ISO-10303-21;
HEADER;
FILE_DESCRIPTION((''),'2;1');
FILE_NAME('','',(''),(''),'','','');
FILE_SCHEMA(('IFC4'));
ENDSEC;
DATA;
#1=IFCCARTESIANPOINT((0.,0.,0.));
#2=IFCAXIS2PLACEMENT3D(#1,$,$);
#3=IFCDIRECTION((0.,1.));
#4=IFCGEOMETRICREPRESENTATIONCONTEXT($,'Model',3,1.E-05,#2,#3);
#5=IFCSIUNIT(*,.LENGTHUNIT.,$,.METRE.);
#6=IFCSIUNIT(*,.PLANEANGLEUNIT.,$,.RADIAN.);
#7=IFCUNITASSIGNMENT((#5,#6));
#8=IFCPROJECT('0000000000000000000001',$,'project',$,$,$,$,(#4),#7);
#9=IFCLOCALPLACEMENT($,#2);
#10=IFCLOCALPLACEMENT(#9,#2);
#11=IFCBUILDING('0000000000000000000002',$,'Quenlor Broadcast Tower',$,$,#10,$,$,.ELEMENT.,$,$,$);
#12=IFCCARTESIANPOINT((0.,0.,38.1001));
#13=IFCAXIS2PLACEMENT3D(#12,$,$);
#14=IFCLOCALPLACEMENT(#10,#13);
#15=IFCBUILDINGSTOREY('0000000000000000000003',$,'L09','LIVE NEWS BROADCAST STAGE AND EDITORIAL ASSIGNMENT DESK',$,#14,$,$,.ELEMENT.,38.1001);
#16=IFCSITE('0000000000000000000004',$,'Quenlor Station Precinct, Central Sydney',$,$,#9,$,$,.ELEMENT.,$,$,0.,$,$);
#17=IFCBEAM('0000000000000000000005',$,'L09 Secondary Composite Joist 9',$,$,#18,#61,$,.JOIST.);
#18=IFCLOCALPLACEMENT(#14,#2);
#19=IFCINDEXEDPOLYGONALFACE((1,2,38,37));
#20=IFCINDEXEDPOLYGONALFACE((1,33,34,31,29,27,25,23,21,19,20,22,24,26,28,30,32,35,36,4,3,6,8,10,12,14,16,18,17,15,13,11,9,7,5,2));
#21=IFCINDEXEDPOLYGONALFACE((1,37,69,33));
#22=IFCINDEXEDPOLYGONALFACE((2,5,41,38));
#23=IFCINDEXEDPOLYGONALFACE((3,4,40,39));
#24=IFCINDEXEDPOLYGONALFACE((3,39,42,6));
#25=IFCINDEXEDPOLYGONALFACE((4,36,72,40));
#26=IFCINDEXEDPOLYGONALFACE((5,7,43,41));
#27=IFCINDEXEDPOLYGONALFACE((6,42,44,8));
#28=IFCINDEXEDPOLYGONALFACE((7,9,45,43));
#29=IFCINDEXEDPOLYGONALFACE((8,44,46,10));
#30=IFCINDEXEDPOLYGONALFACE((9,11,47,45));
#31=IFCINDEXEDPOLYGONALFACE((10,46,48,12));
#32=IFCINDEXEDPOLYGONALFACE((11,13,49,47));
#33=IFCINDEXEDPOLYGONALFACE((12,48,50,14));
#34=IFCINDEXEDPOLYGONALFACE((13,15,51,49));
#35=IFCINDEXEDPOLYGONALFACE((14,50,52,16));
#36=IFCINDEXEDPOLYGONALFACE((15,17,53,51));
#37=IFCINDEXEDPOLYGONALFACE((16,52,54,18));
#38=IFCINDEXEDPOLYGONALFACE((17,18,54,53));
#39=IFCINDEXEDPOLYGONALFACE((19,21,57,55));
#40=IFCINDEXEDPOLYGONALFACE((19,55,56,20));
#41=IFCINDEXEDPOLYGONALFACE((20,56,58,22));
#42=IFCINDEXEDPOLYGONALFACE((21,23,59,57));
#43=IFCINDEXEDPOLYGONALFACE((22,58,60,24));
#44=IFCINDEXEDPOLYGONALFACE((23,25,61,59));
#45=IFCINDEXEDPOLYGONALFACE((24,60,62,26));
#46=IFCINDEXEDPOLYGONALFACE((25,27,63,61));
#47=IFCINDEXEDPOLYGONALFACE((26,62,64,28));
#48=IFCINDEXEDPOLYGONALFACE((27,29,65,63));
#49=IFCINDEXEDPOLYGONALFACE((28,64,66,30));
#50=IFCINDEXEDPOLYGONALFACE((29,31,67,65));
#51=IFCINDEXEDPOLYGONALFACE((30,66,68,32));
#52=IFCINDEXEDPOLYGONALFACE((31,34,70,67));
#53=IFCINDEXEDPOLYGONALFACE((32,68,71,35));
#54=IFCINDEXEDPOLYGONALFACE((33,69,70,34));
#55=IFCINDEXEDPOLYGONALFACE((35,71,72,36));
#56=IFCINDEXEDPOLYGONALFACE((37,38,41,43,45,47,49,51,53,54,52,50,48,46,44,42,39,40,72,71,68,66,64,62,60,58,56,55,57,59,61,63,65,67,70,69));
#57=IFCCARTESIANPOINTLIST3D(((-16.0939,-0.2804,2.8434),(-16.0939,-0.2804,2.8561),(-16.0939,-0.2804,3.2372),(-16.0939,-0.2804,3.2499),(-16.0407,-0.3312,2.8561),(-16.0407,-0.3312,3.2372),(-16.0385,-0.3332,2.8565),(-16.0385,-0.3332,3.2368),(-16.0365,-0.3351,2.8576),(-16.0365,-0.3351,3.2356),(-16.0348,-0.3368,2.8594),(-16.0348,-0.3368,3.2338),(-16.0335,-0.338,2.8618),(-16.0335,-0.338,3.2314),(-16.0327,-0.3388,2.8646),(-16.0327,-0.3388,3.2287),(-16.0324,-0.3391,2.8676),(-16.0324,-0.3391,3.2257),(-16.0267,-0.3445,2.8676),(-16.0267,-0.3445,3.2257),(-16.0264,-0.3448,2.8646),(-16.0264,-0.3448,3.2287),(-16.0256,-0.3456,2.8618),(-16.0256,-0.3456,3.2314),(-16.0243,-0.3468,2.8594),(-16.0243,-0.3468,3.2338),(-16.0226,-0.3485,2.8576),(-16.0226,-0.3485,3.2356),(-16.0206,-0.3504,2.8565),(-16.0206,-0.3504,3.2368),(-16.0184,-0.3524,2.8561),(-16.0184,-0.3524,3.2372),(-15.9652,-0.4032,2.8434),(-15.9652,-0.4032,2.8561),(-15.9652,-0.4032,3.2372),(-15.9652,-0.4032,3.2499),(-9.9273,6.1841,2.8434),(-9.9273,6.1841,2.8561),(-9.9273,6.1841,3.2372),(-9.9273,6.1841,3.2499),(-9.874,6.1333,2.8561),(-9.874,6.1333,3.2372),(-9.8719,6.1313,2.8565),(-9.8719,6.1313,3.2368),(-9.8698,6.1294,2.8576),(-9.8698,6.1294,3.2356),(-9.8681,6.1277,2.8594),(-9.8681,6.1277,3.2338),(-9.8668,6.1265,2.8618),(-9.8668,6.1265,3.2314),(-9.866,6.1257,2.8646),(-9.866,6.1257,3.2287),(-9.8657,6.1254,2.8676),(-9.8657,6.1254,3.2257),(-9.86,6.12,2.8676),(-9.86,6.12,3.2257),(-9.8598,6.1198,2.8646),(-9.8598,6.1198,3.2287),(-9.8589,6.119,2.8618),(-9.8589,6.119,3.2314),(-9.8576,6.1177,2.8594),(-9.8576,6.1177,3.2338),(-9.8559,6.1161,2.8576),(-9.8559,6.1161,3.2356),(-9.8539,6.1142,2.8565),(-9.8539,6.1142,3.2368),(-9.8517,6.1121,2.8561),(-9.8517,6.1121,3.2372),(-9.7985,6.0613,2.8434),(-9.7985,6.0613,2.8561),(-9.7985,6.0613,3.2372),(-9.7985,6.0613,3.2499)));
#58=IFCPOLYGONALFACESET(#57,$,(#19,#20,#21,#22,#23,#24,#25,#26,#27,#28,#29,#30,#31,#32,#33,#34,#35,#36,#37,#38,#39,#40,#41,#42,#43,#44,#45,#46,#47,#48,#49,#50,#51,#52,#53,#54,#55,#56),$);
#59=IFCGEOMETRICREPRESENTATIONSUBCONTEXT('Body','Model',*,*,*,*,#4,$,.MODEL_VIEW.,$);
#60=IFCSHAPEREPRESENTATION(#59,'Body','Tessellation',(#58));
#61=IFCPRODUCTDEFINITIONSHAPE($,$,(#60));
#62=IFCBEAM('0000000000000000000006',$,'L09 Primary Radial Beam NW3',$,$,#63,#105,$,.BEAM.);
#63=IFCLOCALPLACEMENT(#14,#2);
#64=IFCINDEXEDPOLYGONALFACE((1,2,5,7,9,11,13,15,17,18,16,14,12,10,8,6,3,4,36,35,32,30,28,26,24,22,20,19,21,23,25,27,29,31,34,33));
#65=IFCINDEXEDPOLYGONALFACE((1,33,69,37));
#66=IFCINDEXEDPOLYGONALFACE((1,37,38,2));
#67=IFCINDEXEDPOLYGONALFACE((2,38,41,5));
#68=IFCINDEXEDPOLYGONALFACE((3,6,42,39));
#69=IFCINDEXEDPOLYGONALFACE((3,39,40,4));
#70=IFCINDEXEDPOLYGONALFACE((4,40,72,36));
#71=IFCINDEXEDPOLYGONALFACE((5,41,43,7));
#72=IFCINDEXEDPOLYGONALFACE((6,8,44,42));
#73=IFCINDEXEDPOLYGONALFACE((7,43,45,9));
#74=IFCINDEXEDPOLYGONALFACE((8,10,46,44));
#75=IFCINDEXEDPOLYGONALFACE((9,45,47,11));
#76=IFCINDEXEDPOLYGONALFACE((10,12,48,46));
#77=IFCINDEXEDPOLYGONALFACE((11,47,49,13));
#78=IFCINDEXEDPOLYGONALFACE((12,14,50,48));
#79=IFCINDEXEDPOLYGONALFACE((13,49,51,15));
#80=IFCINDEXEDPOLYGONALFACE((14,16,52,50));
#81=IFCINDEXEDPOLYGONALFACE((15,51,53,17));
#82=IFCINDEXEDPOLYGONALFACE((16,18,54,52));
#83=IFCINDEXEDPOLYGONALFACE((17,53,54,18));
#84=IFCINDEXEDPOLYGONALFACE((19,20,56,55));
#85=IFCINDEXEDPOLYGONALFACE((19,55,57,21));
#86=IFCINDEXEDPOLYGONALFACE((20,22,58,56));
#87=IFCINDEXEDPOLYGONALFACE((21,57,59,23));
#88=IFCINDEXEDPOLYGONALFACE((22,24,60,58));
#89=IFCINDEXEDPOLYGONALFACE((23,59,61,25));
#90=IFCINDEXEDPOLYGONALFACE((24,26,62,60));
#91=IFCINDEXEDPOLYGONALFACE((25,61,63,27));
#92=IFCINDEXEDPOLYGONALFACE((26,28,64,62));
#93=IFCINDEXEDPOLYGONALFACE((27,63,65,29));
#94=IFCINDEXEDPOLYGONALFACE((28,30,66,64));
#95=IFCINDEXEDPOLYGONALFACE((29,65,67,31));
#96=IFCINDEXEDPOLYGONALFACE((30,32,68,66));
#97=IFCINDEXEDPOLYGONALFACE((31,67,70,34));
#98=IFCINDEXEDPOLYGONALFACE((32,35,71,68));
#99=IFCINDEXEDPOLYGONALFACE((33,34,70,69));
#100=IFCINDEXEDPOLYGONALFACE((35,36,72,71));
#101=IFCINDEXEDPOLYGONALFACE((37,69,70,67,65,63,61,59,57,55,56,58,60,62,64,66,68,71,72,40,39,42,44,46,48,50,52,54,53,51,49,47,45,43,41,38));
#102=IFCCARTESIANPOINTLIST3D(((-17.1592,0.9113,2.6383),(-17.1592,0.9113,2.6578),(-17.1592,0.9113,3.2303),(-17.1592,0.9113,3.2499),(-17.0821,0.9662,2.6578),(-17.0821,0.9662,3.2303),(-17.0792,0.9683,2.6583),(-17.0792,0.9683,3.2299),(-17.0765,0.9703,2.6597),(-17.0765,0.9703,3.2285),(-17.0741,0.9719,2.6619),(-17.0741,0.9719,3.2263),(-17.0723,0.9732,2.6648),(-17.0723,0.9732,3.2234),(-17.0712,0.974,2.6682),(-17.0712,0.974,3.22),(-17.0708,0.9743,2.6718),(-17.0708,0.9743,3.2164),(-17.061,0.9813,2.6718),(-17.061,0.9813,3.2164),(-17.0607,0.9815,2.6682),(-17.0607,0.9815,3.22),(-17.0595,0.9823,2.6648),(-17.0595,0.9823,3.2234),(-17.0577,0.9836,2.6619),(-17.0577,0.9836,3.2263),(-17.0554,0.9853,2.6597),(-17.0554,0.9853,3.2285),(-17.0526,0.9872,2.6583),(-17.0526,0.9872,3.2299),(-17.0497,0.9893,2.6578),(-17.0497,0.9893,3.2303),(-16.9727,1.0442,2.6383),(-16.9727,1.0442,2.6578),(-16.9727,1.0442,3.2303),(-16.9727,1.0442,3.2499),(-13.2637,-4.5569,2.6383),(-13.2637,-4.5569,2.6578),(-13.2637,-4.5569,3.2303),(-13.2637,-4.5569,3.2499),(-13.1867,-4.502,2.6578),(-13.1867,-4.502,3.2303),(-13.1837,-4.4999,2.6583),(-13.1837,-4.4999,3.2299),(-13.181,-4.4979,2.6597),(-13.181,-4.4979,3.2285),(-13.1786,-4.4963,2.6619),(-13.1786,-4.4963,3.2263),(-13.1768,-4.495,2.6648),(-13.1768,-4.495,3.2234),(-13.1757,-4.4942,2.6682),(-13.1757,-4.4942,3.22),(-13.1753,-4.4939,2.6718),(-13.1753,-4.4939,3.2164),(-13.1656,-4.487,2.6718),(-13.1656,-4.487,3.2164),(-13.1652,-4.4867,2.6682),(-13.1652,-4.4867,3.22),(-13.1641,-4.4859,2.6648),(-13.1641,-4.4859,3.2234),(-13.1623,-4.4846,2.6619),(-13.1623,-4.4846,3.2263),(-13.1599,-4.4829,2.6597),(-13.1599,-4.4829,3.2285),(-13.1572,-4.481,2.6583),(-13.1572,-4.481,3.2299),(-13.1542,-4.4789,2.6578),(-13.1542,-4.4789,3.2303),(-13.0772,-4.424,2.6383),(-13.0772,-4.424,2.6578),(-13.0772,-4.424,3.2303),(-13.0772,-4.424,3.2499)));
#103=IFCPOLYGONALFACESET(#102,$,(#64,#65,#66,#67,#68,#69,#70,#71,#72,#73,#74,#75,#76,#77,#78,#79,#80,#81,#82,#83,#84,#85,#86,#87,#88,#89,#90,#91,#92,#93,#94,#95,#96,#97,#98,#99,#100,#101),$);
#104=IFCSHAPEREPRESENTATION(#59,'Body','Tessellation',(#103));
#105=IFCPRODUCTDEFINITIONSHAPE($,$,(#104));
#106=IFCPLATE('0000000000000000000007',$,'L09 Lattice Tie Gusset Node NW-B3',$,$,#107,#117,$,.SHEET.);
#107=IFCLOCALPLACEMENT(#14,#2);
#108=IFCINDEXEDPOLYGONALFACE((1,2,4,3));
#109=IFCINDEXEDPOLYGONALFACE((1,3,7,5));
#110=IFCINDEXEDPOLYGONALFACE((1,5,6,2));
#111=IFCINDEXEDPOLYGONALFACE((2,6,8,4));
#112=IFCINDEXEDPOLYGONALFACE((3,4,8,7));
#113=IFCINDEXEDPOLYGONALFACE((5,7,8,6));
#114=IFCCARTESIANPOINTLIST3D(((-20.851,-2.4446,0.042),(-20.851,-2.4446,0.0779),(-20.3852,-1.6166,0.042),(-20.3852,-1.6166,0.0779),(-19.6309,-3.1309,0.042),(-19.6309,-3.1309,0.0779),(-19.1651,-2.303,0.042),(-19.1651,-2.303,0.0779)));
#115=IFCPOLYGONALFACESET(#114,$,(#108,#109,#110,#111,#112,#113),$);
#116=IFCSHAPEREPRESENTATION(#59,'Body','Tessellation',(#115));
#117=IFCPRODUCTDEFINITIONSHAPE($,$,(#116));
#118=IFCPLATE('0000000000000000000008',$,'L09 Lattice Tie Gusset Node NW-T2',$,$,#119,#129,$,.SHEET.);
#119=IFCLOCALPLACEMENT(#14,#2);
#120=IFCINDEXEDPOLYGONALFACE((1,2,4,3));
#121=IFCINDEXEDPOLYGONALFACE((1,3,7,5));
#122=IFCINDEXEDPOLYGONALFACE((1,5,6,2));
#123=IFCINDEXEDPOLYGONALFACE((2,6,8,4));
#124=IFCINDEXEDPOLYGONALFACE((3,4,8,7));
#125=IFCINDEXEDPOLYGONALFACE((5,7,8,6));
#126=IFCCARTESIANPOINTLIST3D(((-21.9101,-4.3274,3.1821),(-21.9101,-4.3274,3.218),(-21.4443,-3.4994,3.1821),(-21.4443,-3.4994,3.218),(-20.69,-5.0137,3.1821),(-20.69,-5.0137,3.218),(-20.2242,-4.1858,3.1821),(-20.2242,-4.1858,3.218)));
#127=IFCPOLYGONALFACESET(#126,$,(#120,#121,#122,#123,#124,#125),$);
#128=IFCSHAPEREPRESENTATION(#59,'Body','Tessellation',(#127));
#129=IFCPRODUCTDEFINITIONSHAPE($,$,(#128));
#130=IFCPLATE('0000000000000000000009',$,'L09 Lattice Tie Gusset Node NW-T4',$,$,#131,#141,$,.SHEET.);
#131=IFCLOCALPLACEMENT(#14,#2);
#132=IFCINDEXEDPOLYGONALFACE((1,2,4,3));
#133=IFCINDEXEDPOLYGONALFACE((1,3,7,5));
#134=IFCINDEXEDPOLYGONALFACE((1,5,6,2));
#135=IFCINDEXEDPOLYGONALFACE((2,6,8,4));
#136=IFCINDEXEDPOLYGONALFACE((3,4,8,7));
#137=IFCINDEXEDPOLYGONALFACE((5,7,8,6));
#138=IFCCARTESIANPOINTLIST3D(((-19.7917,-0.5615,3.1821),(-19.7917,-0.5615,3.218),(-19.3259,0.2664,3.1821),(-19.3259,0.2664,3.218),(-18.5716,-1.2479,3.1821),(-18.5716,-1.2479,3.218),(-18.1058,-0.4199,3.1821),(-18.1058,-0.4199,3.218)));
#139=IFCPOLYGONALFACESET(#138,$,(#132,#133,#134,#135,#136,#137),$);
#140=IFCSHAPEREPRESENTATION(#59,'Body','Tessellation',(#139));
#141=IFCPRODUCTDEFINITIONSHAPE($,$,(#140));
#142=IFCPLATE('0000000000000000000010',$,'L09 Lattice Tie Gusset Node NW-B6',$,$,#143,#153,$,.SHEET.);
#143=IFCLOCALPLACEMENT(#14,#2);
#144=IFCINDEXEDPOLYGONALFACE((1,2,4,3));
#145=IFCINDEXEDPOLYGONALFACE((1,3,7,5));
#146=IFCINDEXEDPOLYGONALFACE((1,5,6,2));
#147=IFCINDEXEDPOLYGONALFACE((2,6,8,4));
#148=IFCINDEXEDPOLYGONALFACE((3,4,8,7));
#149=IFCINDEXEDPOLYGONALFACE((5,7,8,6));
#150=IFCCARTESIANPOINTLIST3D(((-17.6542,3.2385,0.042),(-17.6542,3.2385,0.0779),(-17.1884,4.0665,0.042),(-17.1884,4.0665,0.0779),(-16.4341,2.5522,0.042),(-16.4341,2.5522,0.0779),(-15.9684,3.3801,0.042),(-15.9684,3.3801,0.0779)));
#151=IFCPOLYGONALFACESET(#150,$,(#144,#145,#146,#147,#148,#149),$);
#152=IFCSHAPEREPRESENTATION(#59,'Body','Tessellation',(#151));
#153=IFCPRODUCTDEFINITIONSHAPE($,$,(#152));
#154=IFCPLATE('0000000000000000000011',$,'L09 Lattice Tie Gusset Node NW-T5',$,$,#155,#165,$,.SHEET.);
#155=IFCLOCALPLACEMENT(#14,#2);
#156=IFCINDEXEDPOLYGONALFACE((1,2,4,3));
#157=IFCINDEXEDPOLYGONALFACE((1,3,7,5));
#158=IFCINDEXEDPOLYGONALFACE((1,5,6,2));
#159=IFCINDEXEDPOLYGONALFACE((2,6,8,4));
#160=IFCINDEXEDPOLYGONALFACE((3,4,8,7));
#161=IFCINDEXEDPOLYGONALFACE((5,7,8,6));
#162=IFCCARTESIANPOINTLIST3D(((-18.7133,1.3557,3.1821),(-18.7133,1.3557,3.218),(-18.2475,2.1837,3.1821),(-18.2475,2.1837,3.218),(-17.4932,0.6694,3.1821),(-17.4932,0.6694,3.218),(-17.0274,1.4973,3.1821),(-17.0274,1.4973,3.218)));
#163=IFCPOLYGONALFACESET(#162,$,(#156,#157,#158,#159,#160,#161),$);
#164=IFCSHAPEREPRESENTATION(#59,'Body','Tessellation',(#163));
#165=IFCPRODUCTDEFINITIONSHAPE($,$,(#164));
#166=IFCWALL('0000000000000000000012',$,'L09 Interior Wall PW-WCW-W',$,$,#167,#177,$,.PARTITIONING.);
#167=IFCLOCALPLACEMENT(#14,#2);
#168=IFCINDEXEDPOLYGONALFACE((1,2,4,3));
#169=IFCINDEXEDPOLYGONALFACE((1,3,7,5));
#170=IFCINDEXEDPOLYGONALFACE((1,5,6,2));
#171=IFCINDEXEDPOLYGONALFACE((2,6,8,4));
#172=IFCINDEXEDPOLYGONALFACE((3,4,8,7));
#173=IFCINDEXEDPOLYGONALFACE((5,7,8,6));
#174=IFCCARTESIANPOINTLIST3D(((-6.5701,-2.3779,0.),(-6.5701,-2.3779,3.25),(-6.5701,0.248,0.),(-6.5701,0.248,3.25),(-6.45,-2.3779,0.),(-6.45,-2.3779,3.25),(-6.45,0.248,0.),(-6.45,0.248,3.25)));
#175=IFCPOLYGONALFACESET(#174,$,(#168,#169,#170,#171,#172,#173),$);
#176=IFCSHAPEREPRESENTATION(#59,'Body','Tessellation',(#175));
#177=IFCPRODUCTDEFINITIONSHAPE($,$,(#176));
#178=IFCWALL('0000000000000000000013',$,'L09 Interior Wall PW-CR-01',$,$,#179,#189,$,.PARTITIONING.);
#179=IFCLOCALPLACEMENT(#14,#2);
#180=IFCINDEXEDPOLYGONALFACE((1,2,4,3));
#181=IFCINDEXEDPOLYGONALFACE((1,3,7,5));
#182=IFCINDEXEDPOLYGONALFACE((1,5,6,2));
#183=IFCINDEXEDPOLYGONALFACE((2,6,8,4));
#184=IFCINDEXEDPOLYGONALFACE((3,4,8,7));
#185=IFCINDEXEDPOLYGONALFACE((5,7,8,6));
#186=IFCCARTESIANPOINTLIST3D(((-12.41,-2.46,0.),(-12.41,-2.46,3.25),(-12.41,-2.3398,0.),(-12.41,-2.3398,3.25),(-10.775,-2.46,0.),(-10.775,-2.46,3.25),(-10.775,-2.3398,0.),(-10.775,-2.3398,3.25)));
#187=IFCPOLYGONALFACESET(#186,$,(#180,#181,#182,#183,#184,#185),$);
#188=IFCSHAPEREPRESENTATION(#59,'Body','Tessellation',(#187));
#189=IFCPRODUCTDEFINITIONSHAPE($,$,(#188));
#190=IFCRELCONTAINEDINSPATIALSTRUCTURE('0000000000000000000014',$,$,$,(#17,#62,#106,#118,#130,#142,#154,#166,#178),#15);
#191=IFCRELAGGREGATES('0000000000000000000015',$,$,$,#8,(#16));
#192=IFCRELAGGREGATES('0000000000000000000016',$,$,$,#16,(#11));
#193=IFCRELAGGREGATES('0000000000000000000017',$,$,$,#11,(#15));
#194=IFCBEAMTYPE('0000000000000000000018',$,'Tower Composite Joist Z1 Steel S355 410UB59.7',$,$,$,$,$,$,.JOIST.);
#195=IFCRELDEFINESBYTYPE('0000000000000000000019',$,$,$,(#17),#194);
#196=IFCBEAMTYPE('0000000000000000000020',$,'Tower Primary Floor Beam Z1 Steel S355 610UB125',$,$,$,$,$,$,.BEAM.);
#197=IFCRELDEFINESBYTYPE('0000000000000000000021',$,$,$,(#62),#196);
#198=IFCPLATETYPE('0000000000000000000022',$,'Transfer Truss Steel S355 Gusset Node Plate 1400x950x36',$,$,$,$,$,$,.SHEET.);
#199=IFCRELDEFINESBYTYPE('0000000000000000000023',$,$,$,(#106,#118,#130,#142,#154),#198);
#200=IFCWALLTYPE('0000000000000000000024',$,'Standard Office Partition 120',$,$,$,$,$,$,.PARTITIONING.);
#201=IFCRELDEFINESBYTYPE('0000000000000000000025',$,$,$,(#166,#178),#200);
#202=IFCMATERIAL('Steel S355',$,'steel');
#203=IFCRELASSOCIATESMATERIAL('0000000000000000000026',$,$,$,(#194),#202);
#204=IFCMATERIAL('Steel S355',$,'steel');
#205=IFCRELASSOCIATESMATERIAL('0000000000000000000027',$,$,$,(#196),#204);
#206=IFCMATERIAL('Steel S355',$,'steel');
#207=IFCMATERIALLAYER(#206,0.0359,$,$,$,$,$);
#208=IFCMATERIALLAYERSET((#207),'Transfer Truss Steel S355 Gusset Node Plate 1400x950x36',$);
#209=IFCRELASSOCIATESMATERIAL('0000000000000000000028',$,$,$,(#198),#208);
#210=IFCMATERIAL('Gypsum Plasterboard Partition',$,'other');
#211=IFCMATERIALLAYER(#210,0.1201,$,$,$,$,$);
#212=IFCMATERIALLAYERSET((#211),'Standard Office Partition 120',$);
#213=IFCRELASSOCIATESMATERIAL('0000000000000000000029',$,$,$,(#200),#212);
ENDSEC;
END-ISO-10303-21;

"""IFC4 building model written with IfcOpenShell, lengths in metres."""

from ifc_helpers import new_model, si_unit, direction, frame, frame_2d, origin, origin_2d, place, context, subcontext, project, spatial, rectangle, i_section, extrude, material, layer, layer_set, material_profile, profile_set, type_object, element, save


model = new_model("IFC4")

# Units and contexts
model_context = context("Model", 3, precision=1e-05, world=origin(), true_north=direction((0.0, 1.0)))
body_context = subcontext(model_context, "Body", "Model", "MODEL_VIEW")
ifc_project = project(units=[si_unit("LENGTHUNIT", "METRE"), si_unit("PLANEANGLEUNIT", "RADIAN")], contexts=[model_context])

# Site, building, storey
site_placement = place(None, origin())
site = spatial("IfcSite", under=ifc_project, at=site_placement, Name="Quenlor Station Precinct, Central Sydney", CompositionType="ELEMENT", RefElevation=0.0)
building_placement = place(site_placement, origin())
building = spatial("IfcBuilding", under=site, at=building_placement, Name="Quenlor Broadcast Tower", CompositionType="ELEMENT")
storey_placement = place(building_placement, frame((0.0, 0.0, 38.1001)))
storey = spatial("IfcBuildingStorey", under=building, at=storey_placement, Name="L09", Description="LIVE NEWS BROADCAST STAGE AND EDITORIAL ASSIGNMENT DESK", CompositionType="ELEMENT", Elevation=38.1001)

# Beams
ifc_material_1 = material(Name="Steel S355", Category="steel")
ifc_material_profile_1 = material_profile(ifc_material_1, i_section(OverallWidth=0.178, OverallDepth=0.4065, WebThickness=0.0078, FlangeThickness=0.0127, FilletRadius=0.0115, at=origin_2d()))
ifc_profile_set_1 = profile_set([ifc_material_profile_1], Name="Steel S355 410UB59.7")
beam_type_1 = type_object("IfcBeamType", Name="Tower Composite Joist Z1 Steel S355 410UB59.7", PredefinedType="JOIST", material=ifc_profile_set_1)
beam_1_placement = place(storey_placement, frame((-16.0295, -0.3418, 3.0466), z_axis=(0.690241, 0.723579, 0.0), x_axis=(-0.723579, 0.690241, 0.0)))
element("IfcBeam", 1, at=beam_1_placement, inside=storey, type_object=beam_type_1, Name="L09 Secondary Composite Joist 9", PredefinedType="JOIST", context=body_context, shape_type="SweptSolid", body=[
    extrude(i_section(OverallWidth=0.178, OverallDepth=0.4065, WebThickness=0.0078, FlangeThickness=0.0127, FilletRadius=0.0115, at=origin_2d()), origin(), (0.0, 0.0, 1.0), 8.9341),
])
ifc_material_2 = material(Name="Steel S355", Category="steel")
ifc_material_profile_2 = material_profile(ifc_material_2, i_section(OverallWidth=0.229, OverallDepth=0.6116, WebThickness=0.012, FlangeThickness=0.0195, FilletRadius=0.0139, at=origin_2d()))
ifc_profile_set_2 = profile_set([ifc_material_profile_2], Name="Steel S355 610UB125")
beam_type_2 = type_object("IfcBeamType", Name="Tower Primary Floor Beam Z1 Steel S355 610UB125", PredefinedType="BEAM", material=ifc_profile_set_2)
beam_2_placement = place(storey_placement, frame((-17.0659, 0.9778, 2.9441), z_axis=(0.580213, -0.814465, 0.0), x_axis=(0.814465, 0.580213, 0.0)))
element("IfcBeam", 2, at=beam_2_placement, inside=storey, type_object=beam_type_2, Name="L09 Primary Radial Beam NW3", PredefinedType="BEAM", context=body_context, shape_type="SweptSolid", body=[
    extrude(i_section(OverallWidth=0.229, OverallDepth=0.6116, WebThickness=0.012, FlangeThickness=0.0195, FilletRadius=0.0139, at=origin_2d()), origin(), (0.0, 0.0, 1.0), 6.7139),
])

# Plates
ifc_material_3 = material(Name="Steel S355", Category="steel")
ifc_layer_1 = layer(ifc_material_3, 0.0359)
ifc_layer_set_1 = layer_set([ifc_layer_1], Name="Transfer Truss Steel S355 Gusset Node Plate 1400x950x36")
plate_type = type_object("IfcPlateType", Name="Transfer Truss Steel S355 Gusset Node Plate 1400x950x36", PredefinedType="SHEET", material=ifc_layer_set_1)
for number, where, z_axis, x_axis, name in (
    (3, (-20.0081, -2.3738, 0.042), (0.0, 0.0, 1.0), (-0.871556, 0.490295, 0.0), "L09 Lattice Tie Gusset Node NW-B3"),
    (4, (-21.0671, -4.2566, 3.1821), (0.0, 0.0, 1.0), (-0.871556, 0.490295, 0.0), "L09 Lattice Tie Gusset Node NW-T2"),
    (5, (-18.9487, -0.4907, 3.1821), (0.0, 0.0, 1.0), (-0.871556, 0.490295, 0.0), "L09 Lattice Tie Gusset Node NW-T4"),
    (6, (-16.8113, 3.3093, 0.042), (0.0, 0.0, 1.0), (-0.871556, 0.490295, 0.0), "L09 Lattice Tie Gusset Node NW-B6"),
    (7, (-17.8704, 1.4265, 3.1821), (0.0, 0.0, 1.0), (-0.871556, 0.490295, 0.0), "L09 Lattice Tie Gusset Node NW-T5"),
):
    element("IfcPlate", number, at=place(storey_placement, frame(where, z_axis=z_axis, x_axis=x_axis)), inside=storey, type_object=plate_type, Name=name, PredefinedType="SHEET", context=body_context, shape_type="SweptSolid", body=[
        extrude(rectangle(XDim=1.3999, YDim=0.95, at=origin_2d()), origin(), (0.0, 0.0, 1.0), 0.0359),
    ])

# Shared definitions
ifc_material_4 = material(Name="Gypsum Plasterboard Partition", Category="other")
ifc_layer_2 = layer(ifc_material_4, 0.1201)
ifc_layer_set_2 = layer_set([ifc_layer_2], Name="Standard Office Partition 120")
wall_type_1 = type_object("IfcWallType", Name="Standard Office Partition 120", PredefinedType="PARTITIONING", material=ifc_layer_set_2)

# Walls
wall_1_placement = place(storey_placement, frame((-6.51, -2.3779, 0.0), z_axis=(0.0, 0.0, 1.0), x_axis=(0.0, 1.0, 0.0)))
element("IfcWall", 8, at=wall_1_placement, inside=storey, type_object=wall_type_1, Name="L09 Interior Wall PW-WCW-W", PredefinedType="PARTITIONING", context=body_context, shape_type="SweptSolid", body=[
    extrude(rectangle(XDim=2.626, YDim=0.1201, at=frame_2d((1.313, 0.0))), origin(), (0.0, 0.0, 1.0), 3.25),
])
wall_2_placement = place(storey_placement, frame((-12.4099, -2.3999, 0.0), z_axis=(0.0, 0.0, 1.0), x_axis=(1.0, 0.0, 0.0)))
element("IfcWall", 9, at=wall_2_placement, inside=storey, type_object=wall_type_1, Name="L09 Interior Wall PW-CR-01", PredefinedType="PARTITIONING", context=body_context, shape_type="SweptSolid", body=[
    extrude(rectangle(XDim=1.635, YDim=0.1201, at=frame_2d((0.8174, 0.0))), origin(), (0.0, 0.0, 1.0), 3.25),
])

save(model, "model.ifc")
